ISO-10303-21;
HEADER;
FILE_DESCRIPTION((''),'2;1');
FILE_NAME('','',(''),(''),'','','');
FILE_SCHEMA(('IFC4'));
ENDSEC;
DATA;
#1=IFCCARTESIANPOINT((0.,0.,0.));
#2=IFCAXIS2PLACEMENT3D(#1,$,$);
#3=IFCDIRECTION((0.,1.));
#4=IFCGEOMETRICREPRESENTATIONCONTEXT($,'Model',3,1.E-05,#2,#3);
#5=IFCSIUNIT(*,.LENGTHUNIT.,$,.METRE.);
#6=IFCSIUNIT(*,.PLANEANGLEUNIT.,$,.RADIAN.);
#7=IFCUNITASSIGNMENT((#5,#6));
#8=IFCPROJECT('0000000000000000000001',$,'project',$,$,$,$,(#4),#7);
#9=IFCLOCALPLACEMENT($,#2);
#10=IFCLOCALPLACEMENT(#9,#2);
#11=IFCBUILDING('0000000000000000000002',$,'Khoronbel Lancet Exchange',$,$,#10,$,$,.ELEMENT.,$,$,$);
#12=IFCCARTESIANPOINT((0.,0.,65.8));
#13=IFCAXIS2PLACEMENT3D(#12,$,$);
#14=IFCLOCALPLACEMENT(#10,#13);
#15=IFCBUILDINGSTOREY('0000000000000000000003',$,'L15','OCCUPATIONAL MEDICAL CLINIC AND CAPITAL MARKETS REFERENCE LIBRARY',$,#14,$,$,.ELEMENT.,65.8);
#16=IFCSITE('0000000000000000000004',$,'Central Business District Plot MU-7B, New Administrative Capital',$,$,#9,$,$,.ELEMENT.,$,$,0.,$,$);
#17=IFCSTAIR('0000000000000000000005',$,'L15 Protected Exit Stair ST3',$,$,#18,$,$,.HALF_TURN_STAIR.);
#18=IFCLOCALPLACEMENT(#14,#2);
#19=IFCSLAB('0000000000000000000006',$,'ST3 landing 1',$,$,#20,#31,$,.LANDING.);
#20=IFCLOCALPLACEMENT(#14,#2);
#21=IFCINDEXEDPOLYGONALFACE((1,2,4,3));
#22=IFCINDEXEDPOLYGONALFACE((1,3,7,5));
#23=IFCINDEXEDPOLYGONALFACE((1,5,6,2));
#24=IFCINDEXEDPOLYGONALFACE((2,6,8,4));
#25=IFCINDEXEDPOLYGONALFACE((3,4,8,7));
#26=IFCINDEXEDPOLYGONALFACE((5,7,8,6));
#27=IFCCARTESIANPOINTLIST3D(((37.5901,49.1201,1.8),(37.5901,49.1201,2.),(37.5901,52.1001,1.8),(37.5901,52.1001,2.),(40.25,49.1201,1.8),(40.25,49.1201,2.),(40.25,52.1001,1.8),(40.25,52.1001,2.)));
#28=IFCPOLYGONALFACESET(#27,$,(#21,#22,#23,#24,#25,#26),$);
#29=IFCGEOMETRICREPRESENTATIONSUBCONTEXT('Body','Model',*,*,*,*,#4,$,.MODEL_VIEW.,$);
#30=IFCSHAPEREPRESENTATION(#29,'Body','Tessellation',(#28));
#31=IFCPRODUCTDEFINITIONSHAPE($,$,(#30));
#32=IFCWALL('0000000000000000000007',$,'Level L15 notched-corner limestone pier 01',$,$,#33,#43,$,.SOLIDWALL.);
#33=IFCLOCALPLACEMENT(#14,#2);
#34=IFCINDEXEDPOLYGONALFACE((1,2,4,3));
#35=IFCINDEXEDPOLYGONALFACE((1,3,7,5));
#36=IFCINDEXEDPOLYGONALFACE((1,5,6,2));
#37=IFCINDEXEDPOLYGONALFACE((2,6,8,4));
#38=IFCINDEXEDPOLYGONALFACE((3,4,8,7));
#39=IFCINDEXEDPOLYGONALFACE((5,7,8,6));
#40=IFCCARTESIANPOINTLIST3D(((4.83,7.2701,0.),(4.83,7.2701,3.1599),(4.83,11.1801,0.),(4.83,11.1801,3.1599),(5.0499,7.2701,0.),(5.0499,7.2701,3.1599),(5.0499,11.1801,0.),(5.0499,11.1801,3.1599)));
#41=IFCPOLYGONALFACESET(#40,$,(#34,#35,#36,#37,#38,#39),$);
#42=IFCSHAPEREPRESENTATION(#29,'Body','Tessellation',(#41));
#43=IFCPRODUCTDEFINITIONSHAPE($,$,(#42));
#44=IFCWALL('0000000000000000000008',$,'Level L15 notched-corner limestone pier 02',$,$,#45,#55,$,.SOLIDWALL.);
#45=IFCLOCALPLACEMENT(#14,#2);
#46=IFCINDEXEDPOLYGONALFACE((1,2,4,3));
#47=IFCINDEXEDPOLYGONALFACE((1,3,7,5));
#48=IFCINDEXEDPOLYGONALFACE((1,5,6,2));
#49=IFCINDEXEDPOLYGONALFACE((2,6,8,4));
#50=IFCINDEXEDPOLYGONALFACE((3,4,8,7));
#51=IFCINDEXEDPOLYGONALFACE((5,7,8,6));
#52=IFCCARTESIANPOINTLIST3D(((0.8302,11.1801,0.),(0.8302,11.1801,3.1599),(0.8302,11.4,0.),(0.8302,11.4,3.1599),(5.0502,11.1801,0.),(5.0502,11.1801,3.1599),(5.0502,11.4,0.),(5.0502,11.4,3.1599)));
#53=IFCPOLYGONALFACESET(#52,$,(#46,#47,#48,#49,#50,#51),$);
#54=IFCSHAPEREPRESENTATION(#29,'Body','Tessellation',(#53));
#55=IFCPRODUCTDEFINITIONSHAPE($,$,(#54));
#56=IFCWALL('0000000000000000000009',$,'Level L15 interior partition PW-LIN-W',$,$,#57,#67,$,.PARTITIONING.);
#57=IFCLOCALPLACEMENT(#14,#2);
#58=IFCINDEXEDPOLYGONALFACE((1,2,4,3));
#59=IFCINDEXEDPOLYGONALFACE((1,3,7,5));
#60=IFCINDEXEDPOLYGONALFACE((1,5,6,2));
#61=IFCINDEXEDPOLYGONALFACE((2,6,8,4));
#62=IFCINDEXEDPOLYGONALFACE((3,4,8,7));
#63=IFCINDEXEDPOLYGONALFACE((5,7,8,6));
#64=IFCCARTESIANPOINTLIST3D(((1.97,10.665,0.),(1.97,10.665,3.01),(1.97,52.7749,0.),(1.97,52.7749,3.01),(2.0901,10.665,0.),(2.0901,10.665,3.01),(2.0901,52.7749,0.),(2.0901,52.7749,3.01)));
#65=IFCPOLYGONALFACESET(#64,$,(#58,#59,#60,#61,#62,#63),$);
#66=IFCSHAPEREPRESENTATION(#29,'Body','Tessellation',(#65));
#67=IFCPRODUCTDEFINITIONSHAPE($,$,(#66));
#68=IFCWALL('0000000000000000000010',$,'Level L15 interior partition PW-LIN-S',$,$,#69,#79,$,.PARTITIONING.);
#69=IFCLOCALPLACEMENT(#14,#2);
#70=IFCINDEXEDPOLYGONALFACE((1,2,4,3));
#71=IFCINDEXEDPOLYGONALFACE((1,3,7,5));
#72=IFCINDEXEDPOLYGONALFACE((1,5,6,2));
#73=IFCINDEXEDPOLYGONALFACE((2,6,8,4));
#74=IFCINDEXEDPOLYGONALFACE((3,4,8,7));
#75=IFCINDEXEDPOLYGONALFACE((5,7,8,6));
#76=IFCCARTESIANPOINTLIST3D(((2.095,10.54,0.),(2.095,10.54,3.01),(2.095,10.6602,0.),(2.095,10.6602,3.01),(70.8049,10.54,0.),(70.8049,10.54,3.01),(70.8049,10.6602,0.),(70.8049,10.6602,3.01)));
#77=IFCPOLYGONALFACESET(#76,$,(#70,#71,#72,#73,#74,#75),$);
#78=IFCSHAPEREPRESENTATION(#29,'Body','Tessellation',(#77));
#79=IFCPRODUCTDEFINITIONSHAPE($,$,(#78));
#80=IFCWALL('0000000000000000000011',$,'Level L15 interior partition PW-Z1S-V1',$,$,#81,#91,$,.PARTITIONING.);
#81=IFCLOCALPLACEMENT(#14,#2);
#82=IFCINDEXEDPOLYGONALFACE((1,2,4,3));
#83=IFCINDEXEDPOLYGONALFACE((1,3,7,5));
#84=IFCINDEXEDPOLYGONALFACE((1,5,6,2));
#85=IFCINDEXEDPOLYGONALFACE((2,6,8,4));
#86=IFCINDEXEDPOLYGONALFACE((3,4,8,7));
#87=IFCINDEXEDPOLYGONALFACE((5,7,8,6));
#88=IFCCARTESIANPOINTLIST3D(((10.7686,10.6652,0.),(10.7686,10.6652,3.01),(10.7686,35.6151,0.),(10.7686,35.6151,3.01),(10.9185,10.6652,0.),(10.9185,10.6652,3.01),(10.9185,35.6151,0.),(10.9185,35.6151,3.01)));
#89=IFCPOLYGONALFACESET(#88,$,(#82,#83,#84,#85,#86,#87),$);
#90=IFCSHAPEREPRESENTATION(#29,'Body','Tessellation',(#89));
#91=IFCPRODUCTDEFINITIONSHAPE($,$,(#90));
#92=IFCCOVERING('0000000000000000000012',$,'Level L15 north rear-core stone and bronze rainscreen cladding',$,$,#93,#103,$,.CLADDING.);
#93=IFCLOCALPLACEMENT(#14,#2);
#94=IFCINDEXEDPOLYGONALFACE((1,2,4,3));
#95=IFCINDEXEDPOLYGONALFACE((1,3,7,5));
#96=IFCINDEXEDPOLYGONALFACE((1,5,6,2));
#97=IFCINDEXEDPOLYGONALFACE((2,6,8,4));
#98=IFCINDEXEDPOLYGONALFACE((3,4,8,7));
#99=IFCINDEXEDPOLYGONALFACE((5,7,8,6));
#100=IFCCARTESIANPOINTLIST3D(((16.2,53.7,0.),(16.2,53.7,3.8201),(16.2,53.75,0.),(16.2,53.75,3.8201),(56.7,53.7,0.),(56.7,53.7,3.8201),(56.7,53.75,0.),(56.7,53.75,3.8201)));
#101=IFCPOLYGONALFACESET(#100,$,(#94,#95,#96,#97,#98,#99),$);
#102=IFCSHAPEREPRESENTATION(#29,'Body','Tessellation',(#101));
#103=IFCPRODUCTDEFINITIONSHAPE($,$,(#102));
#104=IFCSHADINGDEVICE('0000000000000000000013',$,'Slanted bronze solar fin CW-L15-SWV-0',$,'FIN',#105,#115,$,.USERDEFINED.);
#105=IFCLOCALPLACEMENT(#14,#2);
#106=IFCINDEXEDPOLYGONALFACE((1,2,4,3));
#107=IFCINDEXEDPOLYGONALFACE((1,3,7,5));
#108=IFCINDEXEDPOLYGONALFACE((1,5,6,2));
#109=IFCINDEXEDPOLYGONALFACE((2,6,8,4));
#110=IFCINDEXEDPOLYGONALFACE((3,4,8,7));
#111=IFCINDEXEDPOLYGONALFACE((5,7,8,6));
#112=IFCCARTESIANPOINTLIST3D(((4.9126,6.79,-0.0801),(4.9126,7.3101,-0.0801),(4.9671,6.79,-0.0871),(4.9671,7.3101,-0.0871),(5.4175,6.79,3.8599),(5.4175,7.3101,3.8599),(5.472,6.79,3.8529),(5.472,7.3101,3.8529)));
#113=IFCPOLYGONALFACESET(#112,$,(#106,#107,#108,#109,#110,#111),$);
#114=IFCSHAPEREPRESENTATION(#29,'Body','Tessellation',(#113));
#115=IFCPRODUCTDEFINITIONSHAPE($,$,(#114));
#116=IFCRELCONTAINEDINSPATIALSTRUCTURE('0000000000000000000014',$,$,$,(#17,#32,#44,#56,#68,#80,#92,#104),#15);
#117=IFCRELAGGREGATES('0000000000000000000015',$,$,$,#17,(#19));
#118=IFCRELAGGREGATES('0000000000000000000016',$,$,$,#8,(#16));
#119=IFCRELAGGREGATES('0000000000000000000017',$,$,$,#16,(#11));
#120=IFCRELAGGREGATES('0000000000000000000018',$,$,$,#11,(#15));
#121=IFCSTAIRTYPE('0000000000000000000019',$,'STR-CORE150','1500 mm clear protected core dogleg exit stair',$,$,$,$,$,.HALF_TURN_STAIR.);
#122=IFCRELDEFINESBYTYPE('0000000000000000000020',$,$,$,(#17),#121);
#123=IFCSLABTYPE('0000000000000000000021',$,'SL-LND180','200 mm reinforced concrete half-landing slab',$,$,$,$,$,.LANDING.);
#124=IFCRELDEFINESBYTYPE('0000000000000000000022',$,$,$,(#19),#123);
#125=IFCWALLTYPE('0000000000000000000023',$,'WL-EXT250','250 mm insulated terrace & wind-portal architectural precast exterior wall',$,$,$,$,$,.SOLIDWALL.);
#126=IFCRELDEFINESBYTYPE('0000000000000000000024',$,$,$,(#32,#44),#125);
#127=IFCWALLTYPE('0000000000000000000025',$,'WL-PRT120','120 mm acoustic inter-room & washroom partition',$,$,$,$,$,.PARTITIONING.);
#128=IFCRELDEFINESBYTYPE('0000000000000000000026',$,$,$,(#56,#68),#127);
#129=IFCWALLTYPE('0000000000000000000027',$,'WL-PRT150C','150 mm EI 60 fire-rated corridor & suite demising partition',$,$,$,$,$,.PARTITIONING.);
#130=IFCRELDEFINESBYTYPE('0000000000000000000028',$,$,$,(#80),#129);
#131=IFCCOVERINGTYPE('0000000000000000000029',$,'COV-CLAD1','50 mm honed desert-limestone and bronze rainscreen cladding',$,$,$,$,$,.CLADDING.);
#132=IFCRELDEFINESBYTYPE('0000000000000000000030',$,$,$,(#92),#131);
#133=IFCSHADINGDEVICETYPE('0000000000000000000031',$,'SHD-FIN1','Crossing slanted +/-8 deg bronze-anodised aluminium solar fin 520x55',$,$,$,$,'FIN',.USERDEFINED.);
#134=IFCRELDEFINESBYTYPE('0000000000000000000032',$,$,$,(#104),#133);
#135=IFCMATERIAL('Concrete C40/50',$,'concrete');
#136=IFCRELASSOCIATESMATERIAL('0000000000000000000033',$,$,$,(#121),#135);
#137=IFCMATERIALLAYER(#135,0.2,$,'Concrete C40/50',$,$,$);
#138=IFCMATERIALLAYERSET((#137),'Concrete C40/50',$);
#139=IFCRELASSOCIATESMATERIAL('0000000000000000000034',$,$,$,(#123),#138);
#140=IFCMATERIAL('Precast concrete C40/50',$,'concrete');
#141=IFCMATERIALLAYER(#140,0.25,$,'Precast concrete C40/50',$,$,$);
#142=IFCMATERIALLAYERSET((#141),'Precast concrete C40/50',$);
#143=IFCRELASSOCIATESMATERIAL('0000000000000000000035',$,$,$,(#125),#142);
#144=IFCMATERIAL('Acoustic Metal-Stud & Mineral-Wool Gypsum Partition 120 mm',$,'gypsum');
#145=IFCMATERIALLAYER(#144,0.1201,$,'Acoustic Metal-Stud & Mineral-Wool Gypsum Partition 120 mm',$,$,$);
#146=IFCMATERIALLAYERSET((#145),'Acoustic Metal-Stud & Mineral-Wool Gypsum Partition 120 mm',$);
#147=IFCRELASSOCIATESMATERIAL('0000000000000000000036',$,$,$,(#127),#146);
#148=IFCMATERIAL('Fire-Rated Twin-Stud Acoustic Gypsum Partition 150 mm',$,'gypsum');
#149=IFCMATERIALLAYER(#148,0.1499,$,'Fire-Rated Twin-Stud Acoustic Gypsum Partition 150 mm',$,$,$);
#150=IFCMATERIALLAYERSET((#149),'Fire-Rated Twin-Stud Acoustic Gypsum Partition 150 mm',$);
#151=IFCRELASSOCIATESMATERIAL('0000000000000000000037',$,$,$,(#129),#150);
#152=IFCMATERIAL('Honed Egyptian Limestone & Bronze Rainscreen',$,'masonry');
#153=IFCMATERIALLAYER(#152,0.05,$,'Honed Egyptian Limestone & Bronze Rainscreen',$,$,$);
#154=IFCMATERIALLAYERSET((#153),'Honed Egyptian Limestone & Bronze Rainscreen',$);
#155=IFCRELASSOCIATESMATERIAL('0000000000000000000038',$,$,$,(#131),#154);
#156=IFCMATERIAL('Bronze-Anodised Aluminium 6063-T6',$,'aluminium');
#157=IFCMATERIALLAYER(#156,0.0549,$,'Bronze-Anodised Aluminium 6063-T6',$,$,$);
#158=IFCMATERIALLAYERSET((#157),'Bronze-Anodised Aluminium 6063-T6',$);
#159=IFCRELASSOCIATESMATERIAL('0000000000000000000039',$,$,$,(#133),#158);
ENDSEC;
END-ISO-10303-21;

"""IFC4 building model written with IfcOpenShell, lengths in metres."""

from ifc_helpers import new_model, si_unit, direction, frame, frame_2d, origin, place, context, subcontext, project, spatial, polyline, rectangle, outline, extrude, material, layer, layer_set, type_object, element, aggregate, save


model = new_model("IFC4")

# Units and contexts
model_context = context("Model", 3, precision=1e-05, world=origin(), true_north=direction((0.0, 1.0)))
body_context = subcontext(model_context, "Body", "Model", "MODEL_VIEW")
ifc_project = project(units=[si_unit("LENGTHUNIT", "METRE"), si_unit("PLANEANGLEUNIT", "RADIAN")], contexts=[model_context])

# Site, building, storey
site_placement = place(None, origin())
site = spatial("IfcSite", under=ifc_project, at=site_placement, Name="Central Business District Plot MU-7B, New Administrative Capital", CompositionType="ELEMENT", RefElevation=0.0)
building_placement = place(site_placement, origin())
building = spatial("IfcBuilding", under=site, at=building_placement, Name="Khoronbel Lancet Exchange", CompositionType="ELEMENT")
storey_placement = place(building_placement, frame((0.0, 0.0, 65.8)))
storey = spatial("IfcBuildingStorey", under=building, at=storey_placement, Name="L15", Description="OCCUPATIONAL MEDICAL CLINIC AND CAPITAL MARKETS REFERENCE LIBRARY", CompositionType="ELEMENT", Elevation=65.8)

# Shared definitions
ifc_material_1 = material(Name="Bronze-Anodised Aluminium 6063-T6", Category="aluminium")

# Shared definitions
ifc_material_2 = material(Name="Concrete C40/50", Category="concrete")

# Stair, slab
stair_type = type_object("IfcStairType", Name="STR-CORE150", Description="1500 mm clear protected core dogleg exit stair", PredefinedType="HALF_TURN_STAIR", material=ifc_material_2)
ifc_layer_1 = layer(ifc_material_2, 0.2, Name="Concrete C40/50")
ifc_layer_set_1 = layer_set([ifc_layer_1], Name="Concrete C40/50")
slab_type_1 = type_object("IfcSlabType", Name="SL-LND180", Description="200 mm reinforced concrete half-landing slab", PredefinedType="LANDING", material=ifc_layer_set_1)
stair_1_placement = place(storey_placement, origin())
stair_1 = element("IfcStair", 1, at=stair_1_placement, inside=storey, type_object=stair_type, Name="L15 Protected Exit Stair ST3", PredefinedType="HALF_TURN_STAIR")
slab_1_placement = place(storey_placement, frame((0.0, 0.0, 1.8)))
slab_1 = element("IfcSlab", 2, at=slab_1_placement, type_object=slab_type_1, Name="ST3 landing 1", PredefinedType="LANDING", context=body_context, shape_type="SweptSolid", body=[
    extrude(outline(polyline([(37.5901, 49.1201), (40.25, 49.1201), (40.25, 52.1001), (37.5901, 52.1001), (37.5901, 49.1201)])), origin(), (0.0, 0.0, 1.0), 0.2),
])
aggregate(stair_1, [slab_1])

# Walls
ifc_material_3 = material(Name="Precast concrete C40/50", Category="concrete")
ifc_layer_2 = layer(ifc_material_3, 0.25, Name="Precast concrete C40/50")
ifc_layer_set_2 = layer_set([ifc_layer_2], Name="Precast concrete C40/50")
wall_type_1 = type_object("IfcWallType", Name="WL-EXT250", Description="250 mm insulated terrace & wind-portal architectural precast exterior wall", PredefinedType="SOLIDWALL", material=ifc_layer_set_2)
wall_1_placement = place(storey_placement, frame((4.9399, 7.27, 0.0), z_axis=(0.0, 0.0, 1.0), x_axis=(0.0, 1.0, 0.0)))
element("IfcWall", 3, at=wall_1_placement, inside=storey, type_object=wall_type_1, Name="Level L15 notched-corner limestone pier 01", PredefinedType="SOLIDWALL", context=body_context, shape_type="SweptSolid", body=[
    extrude(rectangle(XDim=3.9099, YDim=0.22, at=frame_2d((1.9551, 0.0))), origin(), (0.0, 0.0, 1.0), 3.1599),
])
wall_2_placement = place(storey_placement, frame((5.05, 11.29, 0.0), z_axis=(0.0, 0.0, 1.0), x_axis=(-1.0, 0.0, 0.0)))
element("IfcWall", 4, at=wall_2_placement, inside=storey, type_object=wall_type_1, Name="Level L15 notched-corner limestone pier 02", PredefinedType="SOLIDWALL", context=body_context, shape_type="SweptSolid", body=[
    extrude(rectangle(XDim=4.22, YDim=0.22, at=frame_2d((2.1099, 0.0))), origin(), (0.0, 0.0, 1.0), 3.1599),
])
ifc_material_4 = material(Name="Acoustic Metal-Stud & Mineral-Wool Gypsum Partition 120 mm", Category="gypsum")
ifc_layer_3 = layer(ifc_material_4, 0.1201, Name="Acoustic Metal-Stud & Mineral-Wool Gypsum Partition 120 mm")
ifc_layer_set_3 = layer_set([ifc_layer_3], Name="Acoustic Metal-Stud & Mineral-Wool Gypsum Partition 120 mm")
wall_type_2 = type_object("IfcWallType", Name="WL-PRT120", Description="120 mm acoustic inter-room & washroom partition", PredefinedType="PARTITIONING", material=ifc_layer_set_3)
wall_3_placement = place(storey_placement, frame((2.03, 10.665, 0.0), z_axis=(0.0, 0.0, 1.0), x_axis=(0.0, 1.0, 0.0)))
element("IfcWall", 5, at=wall_3_placement, inside=storey, type_object=wall_type_2, Name="Level L15 interior partition PW-LIN-W", PredefinedType="PARTITIONING", context=body_context, shape_type="SweptSolid", body=[
    extrude(rectangle(XDim=42.1099, YDim=0.1201, at=frame_2d((21.0549, 0.0))), origin(), (0.0, 0.0, 1.0), 3.01),
])
wall_4_placement = place(storey_placement, frame((2.095, 10.6001, 0.0), z_axis=(0.0, 0.0, 1.0), x_axis=(1.0, 0.0, 0.0)))
element("IfcWall", 6, at=wall_4_placement, inside=storey, type_object=wall_type_2, Name="Level L15 interior partition PW-LIN-S", PredefinedType="PARTITIONING", context=body_context, shape_type="SweptSolid", body=[
    extrude(rectangle(XDim=68.71, YDim=0.1201, at=frame_2d((34.355, 0.0))), origin(), (0.0, 0.0, 1.0), 3.01),
])
ifc_material_5 = material(Name="Fire-Rated Twin-Stud Acoustic Gypsum Partition 150 mm", Category="gypsum")
ifc_layer_4 = layer(ifc_material_5, 0.1499, Name="Fire-Rated Twin-Stud Acoustic Gypsum Partition 150 mm")
ifc_layer_set_4 = layer_set([ifc_layer_4], Name="Fire-Rated Twin-Stud Acoustic Gypsum Partition 150 mm")
wall_type_3 = type_object("IfcWallType", Name="WL-PRT150C", Description="150 mm EI 60 fire-rated corridor & suite demising partition", PredefinedType="PARTITIONING", material=ifc_layer_set_4)
wall_5_placement = place(storey_placement, frame((10.8435, 10.665, 0.0), z_axis=(0.0, 0.0, 1.0), x_axis=(0.0, 1.0, 0.0)))
element("IfcWall", 7, at=wall_5_placement, inside=storey, type_object=wall_type_3, Name="Level L15 interior partition PW-Z1S-V1", PredefinedType="PARTITIONING", context=body_context, shape_type="SweptSolid", body=[
    extrude(rectangle(XDim=24.95, YDim=0.1499, at=frame_2d((12.4751, 0.0))), origin(), (0.0, 0.0, 1.0), 3.01),
])

# Covering
ifc_material_6 = material(Name="Honed Egyptian Limestone & Bronze Rainscreen", Category="masonry")
ifc_layer_5 = layer(ifc_material_6, 0.05, Name="Honed Egyptian Limestone & Bronze Rainscreen")
ifc_layer_set_5 = layer_set([ifc_layer_5], Name="Honed Egyptian Limestone & Bronze Rainscreen")
covering_type = type_object("IfcCoveringType", Name="COV-CLAD1", Description="50 mm honed desert-limestone and bronze rainscreen cladding", PredefinedType="CLADDING", material=ifc_layer_set_5)
covering_placement = place(storey_placement, origin())
element("IfcCovering", 8, at=covering_placement, inside=storey, type_object=covering_type, Name="Level L15 north rear-core stone and bronze rainscreen cladding", PredefinedType="CLADDING", context=body_context, shape_type="SweptSolid", body=[
    extrude(outline(polyline([(16.2, 53.7), (56.7, 53.7), (56.7, 53.75), (16.2, 53.75), (16.2, 53.7)])), origin(), (0.0, 0.0, 1.0), 3.8201),
])

# Shading device
ifc_layer_6 = layer(ifc_material_1, 0.0549, Name="Bronze-Anodised Aluminium 6063-T6")
ifc_layer_set_6 = layer_set([ifc_layer_6], Name="Bronze-Anodised Aluminium 6063-T6")
shading_device_type = type_object("IfcShadingDeviceType", Name="SHD-FIN1", Description="Crossing slanted +/-8 deg bronze-anodised aluminium solar fin 520x55", ElementType="FIN", PredefinedType="USERDEFINED", material=ifc_layer_set_6)
shading_device_placement = place(storey_placement, frame((4.9126, 7.3101, -0.0801), z_axis=(-0.991889, 0.0, 0.127105), x_axis=(0.0, -1.0, 0.0)))
element("IfcShadingDevice", 9, at=shading_device_placement, inside=storey, type_object=shading_device_type, Name="Slanted bronze solar fin CW-L15-SWV-0", ObjectType="FIN", PredefinedType="USERDEFINED", context=body_context, shape_type="SweptSolid", body=[
    extrude(outline(polyline([(0.0, 0.0), (0.52, 0.0), (0.52, 3.9722), (0.0, 3.9722), (0.0, 0.0)])), origin(), (0.0, 0.0, -1.0), 0.0549),
])

save(model, "model.ifc")
